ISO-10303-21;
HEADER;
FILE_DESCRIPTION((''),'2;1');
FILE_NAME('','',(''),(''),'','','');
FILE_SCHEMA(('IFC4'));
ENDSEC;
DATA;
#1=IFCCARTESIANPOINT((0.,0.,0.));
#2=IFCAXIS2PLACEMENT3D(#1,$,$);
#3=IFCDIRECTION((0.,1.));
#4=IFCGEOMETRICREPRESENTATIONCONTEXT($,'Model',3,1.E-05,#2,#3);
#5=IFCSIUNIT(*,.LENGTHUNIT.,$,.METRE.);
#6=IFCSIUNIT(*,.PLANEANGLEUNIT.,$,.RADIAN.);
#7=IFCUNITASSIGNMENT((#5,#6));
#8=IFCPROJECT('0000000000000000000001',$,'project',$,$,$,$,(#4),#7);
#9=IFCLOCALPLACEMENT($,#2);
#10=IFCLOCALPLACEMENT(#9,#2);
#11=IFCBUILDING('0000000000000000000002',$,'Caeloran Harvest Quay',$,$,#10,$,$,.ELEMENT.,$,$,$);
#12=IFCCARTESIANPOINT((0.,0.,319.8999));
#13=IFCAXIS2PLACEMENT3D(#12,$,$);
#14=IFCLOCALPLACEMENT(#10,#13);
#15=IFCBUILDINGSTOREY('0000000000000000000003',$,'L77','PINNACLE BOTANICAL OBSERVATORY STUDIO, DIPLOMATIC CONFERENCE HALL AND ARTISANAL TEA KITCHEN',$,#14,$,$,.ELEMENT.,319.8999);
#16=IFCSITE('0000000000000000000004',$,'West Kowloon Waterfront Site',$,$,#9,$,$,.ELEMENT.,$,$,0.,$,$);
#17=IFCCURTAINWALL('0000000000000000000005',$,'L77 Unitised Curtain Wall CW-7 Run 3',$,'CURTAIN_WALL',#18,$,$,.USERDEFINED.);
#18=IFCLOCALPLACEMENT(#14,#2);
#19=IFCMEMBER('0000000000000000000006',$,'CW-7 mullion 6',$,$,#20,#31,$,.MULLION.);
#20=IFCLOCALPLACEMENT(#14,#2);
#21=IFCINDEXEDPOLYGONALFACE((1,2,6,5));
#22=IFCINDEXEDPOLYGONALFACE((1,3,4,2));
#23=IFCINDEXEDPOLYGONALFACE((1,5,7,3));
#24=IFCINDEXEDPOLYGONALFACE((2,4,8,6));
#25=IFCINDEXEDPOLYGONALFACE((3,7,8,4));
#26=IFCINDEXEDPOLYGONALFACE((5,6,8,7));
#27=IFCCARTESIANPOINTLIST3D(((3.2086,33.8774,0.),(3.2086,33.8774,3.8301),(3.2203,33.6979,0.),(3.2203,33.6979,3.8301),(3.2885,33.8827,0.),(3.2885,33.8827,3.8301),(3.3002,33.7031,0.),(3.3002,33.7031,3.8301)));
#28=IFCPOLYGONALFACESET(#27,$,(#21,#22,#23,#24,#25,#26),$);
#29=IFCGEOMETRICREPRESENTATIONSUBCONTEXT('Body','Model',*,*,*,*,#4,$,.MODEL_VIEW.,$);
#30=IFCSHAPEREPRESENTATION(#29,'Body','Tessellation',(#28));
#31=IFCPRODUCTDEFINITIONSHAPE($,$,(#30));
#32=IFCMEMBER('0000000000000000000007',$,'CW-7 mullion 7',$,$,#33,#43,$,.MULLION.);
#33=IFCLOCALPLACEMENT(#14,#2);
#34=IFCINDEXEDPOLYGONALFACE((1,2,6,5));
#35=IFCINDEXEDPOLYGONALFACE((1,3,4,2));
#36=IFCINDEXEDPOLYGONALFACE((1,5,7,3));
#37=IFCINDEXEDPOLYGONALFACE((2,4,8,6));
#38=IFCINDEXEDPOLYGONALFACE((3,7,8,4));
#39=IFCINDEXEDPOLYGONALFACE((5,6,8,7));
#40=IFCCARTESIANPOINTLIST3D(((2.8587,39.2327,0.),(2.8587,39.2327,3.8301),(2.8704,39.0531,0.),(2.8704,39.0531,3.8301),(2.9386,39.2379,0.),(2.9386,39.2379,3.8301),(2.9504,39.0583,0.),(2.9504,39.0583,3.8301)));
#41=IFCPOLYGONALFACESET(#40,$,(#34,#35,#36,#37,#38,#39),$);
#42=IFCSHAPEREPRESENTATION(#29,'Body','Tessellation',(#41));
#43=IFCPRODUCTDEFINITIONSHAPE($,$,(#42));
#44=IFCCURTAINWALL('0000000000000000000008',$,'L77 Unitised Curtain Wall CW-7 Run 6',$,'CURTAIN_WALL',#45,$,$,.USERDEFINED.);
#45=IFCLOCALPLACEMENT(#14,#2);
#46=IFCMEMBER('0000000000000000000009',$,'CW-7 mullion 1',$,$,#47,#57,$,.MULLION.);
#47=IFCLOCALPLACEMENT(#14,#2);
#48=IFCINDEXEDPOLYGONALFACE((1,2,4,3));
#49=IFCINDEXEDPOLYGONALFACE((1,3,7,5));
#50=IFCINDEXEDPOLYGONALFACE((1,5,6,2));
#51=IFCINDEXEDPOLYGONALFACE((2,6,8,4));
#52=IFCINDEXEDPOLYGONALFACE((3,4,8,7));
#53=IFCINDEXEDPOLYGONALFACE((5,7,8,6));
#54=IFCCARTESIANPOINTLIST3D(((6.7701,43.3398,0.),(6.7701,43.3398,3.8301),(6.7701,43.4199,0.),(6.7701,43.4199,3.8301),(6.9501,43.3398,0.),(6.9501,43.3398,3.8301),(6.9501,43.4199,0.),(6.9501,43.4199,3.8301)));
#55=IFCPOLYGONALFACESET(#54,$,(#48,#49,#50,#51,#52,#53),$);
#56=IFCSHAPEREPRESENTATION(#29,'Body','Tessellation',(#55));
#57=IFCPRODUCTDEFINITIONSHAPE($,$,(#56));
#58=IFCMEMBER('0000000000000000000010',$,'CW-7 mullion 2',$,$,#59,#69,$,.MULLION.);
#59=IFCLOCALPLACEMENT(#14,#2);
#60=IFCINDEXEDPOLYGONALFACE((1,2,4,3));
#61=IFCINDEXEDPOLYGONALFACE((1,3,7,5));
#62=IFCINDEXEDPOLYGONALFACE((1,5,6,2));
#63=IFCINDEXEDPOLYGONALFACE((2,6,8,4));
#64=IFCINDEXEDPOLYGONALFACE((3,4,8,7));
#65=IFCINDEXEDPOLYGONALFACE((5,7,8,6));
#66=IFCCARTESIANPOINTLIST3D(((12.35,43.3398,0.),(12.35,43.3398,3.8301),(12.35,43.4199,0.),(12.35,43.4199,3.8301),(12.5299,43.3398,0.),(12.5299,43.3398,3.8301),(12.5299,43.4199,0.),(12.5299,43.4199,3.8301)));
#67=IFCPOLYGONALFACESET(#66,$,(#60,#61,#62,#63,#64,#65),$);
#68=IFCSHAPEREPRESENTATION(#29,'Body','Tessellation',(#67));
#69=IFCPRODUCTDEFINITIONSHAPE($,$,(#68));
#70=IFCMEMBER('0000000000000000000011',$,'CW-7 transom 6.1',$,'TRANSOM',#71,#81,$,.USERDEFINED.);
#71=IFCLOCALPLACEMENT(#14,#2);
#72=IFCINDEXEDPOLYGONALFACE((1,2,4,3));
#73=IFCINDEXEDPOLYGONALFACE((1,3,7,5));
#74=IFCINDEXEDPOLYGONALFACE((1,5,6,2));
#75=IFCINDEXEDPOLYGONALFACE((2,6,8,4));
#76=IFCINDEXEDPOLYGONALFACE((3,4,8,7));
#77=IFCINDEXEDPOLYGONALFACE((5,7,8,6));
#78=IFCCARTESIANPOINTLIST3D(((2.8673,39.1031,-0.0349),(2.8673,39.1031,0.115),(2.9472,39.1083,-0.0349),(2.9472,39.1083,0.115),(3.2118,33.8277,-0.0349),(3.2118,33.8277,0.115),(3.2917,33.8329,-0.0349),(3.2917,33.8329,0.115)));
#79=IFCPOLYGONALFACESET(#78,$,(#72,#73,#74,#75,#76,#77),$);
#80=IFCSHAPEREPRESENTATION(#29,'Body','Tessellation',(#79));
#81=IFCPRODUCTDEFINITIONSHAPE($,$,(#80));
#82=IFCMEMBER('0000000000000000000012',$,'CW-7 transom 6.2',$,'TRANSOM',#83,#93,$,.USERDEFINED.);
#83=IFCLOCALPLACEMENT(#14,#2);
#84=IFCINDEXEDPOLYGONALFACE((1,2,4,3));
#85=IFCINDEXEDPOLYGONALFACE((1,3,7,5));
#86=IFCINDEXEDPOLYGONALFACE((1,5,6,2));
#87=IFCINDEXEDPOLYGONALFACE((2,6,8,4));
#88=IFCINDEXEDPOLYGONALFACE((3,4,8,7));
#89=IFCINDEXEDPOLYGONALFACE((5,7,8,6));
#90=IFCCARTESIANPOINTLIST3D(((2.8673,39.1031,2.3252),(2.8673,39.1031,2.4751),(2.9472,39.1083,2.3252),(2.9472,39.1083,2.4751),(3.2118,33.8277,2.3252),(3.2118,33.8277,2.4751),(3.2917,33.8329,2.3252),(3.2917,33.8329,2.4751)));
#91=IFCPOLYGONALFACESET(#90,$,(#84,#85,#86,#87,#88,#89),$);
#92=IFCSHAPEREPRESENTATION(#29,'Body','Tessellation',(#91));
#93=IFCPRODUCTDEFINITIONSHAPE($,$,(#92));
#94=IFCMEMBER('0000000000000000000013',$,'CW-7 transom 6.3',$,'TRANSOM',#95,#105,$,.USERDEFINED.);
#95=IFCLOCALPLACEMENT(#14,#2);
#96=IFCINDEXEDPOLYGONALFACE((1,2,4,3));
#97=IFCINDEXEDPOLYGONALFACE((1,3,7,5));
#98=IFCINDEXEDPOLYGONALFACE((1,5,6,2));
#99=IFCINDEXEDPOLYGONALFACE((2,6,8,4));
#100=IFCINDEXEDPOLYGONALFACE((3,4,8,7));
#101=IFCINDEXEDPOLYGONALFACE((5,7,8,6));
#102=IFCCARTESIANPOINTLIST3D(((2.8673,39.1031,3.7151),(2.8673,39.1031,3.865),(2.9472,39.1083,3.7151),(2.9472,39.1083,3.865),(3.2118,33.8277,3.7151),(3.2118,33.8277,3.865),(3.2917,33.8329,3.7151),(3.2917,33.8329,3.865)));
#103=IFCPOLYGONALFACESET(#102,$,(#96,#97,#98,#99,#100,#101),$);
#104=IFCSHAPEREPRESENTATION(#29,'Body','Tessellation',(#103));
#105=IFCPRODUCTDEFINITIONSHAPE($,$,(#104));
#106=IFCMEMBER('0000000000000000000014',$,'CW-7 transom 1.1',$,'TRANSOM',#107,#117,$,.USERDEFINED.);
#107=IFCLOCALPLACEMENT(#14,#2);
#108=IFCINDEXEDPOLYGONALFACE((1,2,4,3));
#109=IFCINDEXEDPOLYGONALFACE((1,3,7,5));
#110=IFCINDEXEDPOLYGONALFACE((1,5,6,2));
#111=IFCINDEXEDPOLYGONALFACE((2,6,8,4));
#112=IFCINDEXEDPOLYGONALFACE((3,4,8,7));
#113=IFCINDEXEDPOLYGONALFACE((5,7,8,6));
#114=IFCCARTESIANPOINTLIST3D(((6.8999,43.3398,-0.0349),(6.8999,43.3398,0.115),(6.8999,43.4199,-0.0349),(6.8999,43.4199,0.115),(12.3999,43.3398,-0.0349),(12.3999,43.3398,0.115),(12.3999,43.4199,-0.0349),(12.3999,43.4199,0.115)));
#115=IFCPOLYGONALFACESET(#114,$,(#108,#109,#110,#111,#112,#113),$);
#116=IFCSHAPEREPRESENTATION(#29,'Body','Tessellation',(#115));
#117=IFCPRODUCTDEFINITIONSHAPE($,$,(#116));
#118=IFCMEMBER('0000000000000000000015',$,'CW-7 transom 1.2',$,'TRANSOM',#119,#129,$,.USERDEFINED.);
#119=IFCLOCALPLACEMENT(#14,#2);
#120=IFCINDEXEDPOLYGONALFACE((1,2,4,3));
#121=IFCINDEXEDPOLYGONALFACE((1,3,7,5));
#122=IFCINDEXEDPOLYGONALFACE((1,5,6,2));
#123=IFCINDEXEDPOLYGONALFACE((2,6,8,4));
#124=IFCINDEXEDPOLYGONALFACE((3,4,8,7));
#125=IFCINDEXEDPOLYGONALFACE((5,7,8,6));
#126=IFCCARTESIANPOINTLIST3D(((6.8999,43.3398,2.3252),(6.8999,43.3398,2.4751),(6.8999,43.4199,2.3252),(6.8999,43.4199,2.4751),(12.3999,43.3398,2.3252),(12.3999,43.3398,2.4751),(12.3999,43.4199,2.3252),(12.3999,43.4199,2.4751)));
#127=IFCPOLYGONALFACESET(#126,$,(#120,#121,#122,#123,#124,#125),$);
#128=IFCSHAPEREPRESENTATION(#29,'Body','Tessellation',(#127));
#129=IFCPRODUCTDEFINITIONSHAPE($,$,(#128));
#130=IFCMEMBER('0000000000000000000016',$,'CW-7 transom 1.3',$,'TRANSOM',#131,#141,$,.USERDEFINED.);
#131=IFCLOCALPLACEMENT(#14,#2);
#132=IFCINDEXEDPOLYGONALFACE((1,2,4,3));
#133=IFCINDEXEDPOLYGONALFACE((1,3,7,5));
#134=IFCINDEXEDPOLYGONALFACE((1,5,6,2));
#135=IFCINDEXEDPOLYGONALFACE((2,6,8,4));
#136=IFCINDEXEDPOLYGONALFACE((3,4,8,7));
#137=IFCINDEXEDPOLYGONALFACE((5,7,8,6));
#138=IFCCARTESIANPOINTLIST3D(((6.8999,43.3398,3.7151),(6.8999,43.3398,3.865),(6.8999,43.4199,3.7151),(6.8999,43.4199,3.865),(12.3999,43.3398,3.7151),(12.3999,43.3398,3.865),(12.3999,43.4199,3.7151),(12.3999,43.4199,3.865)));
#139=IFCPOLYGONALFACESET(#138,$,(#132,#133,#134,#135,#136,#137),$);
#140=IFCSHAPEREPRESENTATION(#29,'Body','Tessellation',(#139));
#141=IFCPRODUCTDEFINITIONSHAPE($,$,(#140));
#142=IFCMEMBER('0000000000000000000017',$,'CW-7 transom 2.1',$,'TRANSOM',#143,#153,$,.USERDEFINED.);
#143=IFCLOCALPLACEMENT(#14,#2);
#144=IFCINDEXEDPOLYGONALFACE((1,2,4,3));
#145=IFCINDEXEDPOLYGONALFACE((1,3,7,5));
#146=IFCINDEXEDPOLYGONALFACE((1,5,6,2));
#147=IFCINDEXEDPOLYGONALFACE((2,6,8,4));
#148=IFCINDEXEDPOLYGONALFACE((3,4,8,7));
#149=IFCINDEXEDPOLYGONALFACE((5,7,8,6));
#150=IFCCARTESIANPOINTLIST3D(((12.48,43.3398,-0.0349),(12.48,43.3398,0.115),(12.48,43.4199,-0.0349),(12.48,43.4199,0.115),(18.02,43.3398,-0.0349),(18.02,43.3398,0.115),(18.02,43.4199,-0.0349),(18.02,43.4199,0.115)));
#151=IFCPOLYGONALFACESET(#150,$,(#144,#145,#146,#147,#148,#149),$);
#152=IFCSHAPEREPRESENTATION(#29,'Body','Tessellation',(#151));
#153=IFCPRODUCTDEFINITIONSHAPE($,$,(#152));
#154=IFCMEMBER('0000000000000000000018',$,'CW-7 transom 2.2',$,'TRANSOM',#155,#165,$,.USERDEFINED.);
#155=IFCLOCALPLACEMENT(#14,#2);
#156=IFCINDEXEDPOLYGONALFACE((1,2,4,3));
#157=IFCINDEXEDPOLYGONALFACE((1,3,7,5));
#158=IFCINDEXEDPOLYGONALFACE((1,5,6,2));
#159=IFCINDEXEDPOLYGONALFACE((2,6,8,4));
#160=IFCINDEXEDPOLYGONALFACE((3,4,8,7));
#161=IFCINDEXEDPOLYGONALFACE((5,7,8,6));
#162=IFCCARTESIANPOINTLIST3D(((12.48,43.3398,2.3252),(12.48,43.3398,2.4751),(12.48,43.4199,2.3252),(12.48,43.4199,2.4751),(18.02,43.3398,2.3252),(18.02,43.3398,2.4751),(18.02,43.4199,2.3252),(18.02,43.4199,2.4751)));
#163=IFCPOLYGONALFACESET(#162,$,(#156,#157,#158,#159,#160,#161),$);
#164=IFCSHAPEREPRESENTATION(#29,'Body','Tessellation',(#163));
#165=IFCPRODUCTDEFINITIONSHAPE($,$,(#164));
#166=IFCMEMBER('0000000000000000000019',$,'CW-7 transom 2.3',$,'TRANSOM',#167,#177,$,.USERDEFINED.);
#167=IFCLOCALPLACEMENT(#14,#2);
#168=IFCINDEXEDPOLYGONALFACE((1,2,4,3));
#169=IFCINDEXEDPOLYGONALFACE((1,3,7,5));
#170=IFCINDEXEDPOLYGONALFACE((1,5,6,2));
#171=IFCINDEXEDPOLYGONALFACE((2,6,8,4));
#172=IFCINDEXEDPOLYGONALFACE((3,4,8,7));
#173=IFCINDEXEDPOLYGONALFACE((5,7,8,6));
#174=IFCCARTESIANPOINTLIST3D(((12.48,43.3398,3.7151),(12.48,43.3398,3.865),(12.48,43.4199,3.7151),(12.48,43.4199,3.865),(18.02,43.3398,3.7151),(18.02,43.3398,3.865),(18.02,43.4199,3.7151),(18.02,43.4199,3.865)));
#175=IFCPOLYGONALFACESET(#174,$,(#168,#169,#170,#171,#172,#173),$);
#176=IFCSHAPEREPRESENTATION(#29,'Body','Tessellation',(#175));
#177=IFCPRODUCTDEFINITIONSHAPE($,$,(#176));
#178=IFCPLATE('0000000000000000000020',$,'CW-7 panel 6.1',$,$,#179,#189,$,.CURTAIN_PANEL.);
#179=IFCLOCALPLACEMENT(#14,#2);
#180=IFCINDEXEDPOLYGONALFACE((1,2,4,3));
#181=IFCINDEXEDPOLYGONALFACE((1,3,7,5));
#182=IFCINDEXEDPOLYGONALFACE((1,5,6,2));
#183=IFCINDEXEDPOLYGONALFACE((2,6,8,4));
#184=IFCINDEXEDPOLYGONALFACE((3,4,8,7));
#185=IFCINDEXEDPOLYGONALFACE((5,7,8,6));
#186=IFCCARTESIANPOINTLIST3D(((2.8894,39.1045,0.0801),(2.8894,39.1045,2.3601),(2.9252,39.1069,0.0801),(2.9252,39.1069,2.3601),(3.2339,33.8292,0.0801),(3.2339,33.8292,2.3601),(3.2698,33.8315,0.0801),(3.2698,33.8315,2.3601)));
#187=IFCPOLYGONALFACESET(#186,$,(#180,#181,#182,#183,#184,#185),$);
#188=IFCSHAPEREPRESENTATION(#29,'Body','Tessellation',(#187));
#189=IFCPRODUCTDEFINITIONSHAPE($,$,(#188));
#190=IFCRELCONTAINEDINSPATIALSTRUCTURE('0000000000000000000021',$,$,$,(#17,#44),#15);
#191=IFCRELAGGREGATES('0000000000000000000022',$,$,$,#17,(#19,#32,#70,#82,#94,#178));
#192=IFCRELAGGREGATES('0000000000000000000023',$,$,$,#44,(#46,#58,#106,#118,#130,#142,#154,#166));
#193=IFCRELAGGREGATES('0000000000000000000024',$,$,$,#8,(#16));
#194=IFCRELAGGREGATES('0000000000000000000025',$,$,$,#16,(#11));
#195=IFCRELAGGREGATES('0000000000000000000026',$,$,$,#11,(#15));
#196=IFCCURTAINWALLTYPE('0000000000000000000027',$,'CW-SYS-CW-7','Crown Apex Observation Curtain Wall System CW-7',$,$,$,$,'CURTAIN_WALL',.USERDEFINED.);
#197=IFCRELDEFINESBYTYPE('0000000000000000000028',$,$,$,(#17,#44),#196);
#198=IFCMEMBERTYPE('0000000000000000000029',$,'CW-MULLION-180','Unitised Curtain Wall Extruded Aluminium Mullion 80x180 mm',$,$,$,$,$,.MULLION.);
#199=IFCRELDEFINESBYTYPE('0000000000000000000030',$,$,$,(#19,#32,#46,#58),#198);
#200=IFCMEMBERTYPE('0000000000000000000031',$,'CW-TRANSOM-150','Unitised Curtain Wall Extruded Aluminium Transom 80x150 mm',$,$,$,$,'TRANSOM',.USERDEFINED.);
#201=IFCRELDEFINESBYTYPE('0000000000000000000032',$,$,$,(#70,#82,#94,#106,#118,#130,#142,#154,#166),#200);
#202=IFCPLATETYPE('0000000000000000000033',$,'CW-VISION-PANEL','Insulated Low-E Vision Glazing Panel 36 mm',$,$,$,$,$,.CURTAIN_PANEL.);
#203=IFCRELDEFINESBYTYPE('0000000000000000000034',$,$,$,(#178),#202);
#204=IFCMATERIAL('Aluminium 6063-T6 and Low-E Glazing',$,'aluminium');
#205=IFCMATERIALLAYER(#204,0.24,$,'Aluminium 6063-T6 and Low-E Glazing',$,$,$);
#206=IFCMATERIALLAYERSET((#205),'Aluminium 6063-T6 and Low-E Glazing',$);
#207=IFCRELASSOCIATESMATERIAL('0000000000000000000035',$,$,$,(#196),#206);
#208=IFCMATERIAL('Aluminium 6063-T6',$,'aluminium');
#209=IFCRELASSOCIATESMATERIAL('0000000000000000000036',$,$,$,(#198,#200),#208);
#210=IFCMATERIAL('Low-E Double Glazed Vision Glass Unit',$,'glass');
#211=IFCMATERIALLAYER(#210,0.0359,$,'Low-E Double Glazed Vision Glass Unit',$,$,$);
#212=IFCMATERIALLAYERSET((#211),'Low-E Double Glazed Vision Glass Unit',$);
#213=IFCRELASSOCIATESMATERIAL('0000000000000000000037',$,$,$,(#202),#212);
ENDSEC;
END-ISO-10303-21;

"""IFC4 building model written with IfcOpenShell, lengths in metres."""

from ifc_helpers import new_model, si_unit, direction, frame, origin, origin_2d, place, context, subcontext, project, spatial, rectangle, extrude, material, layer, layer_set, material_profile, profile_set, type_object, element, aggregate, save


model = new_model("IFC4")

# Units and contexts
model_context = context("Model", 3, precision=1e-05, world=origin(), true_north=direction((0.0, 1.0)))
body_context = subcontext(model_context, "Body", "Model", "MODEL_VIEW")
ifc_project = project(units=[si_unit("LENGTHUNIT", "METRE"), si_unit("PLANEANGLEUNIT", "RADIAN")], contexts=[model_context])

# Site, building, storey
site_placement = place(None, origin())
site = spatial("IfcSite", under=ifc_project, at=site_placement, Name="West Kowloon Waterfront Site", CompositionType="ELEMENT", RefElevation=0.0)
building_placement = place(site_placement, origin())
building = spatial("IfcBuilding", under=site, at=building_placement, Name="Caeloran Harvest Quay", CompositionType="ELEMENT")
storey_placement = place(building_placement, frame((0.0, 0.0, 319.8999)))
storey = spatial("IfcBuildingStorey", under=building, at=storey_placement, Name="L77", Description="PINNACLE BOTANICAL OBSERVATORY STUDIO, DIPLOMATIC CONFERENCE HALL AND ARTISANAL TEA KITCHEN", CompositionType="ELEMENT", Elevation=319.8999)

# Curtain walls, members
ifc_material_1 = material(Name="Aluminium 6063-T6 and Low-E Glazing", Category="aluminium")
ifc_layer_1 = layer(ifc_material_1, 0.24, Name="Aluminium 6063-T6 and Low-E Glazing")
ifc_layer_set_1 = layer_set([ifc_layer_1], Name="Aluminium 6063-T6 and Low-E Glazing")
curtain_wall_type = type_object("IfcCurtainWallType", Name="CW-SYS-CW-7", Description="Crown Apex Observation Curtain Wall System CW-7", ElementType="CURTAIN_WALL", PredefinedType="USERDEFINED", material=ifc_layer_set_1)
curtain_wall_1_placement = place(storey_placement, origin())
curtain_wall_1 = element("IfcCurtainWall", 1, at=curtain_wall_1_placement, inside=storey, type_object=curtain_wall_type, Name="L77 Unitised Curtain Wall CW-7 Run 3", ObjectType="CURTAIN_WALL", PredefinedType="USERDEFINED")
ifc_material_2 = material(Name="Aluminium 6063-T6", Category="aluminium")
ifc_material_profile_1 = material_profile(ifc_material_2, rectangle(XDim=0.0801, YDim=0.1799, at=origin_2d()), Name="CW-MULLION-180")
ifc_profile_set_1 = profile_set([ifc_material_profile_1], Name="Aluminium 6063-T6")
member_type_1 = type_object("IfcMemberType", Name="CW-MULLION-180", Description="Unitised Curtain Wall Extruded Aluminium Mullion 80x180 mm", PredefinedType="MULLION", material=ifc_profile_set_1)
member_1_placement = place(storey_placement, frame((3.2544, 33.7903, 0.0), z_axis=(0.0, 0.0, 1.0), x_axis=(-0.997874, -0.065167, 0.0)))
member_1 = element("IfcMember", 2, at=member_1_placement, type_object=member_type_1, Name="CW-7 mullion 6", PredefinedType="MULLION", context=body_context, shape_type="SweptSolid", body=[
    extrude(rectangle(XDim=0.0801, YDim=0.1799, at=origin_2d()), origin(), (0.0, 0.0, 1.0), 3.8301),
])
member_2_placement = place(storey_placement, frame((2.9045, 39.1455, 0.0), z_axis=(0.0, 0.0, 1.0), x_axis=(-0.997874, -0.065167, 0.0)))
member_2 = element("IfcMember", 3, at=member_2_placement, type_object=member_type_1, Name="CW-7 mullion 7", PredefinedType="MULLION", context=body_context, shape_type="SweptSolid", body=[
    extrude(rectangle(XDim=0.0801, YDim=0.1799, at=origin_2d()), origin(), (0.0, 0.0, 1.0), 3.8301),
])
curtain_wall_2_placement = place(storey_placement, origin())
curtain_wall_2 = element("IfcCurtainWall", 4, at=curtain_wall_2_placement, inside=storey, type_object=curtain_wall_type, Name="L77 Unitised Curtain Wall CW-7 Run 6", ObjectType="CURTAIN_WALL", PredefinedType="USERDEFINED")
member_3_placement = place(storey_placement, frame((6.8601, 43.3799, 0.0), z_axis=(0.0, 0.0, 1.0), x_axis=(0.0, 1.0, 0.0)))
member_3 = element("IfcMember", 5, at=member_3_placement, type_object=member_type_1, Name="CW-7 mullion 1", PredefinedType="MULLION", context=body_context, shape_type="SweptSolid", body=[
    extrude(rectangle(XDim=0.0801, YDim=0.1799, at=origin_2d()), origin(), (0.0, 0.0, 1.0), 3.8301),
])
member_4_placement = place(storey_placement, frame((12.4399, 43.3799, 0.0), z_axis=(0.0, 0.0, 1.0), x_axis=(0.0, 1.0, 0.0)))
member_4 = element("IfcMember", 6, at=member_4_placement, type_object=member_type_1, Name="CW-7 mullion 2", PredefinedType="MULLION", context=body_context, shape_type="SweptSolid", body=[
    extrude(rectangle(XDim=0.0801, YDim=0.1799, at=origin_2d()), origin(), (0.0, 0.0, 1.0), 3.8301),
])

# Members
ifc_material_profile_2 = material_profile(ifc_material_2, rectangle(XDim=0.0801, YDim=0.1499, at=origin_2d()), Name="CW-TRANSOM-150")
ifc_profile_set_2 = profile_set([ifc_material_profile_2], Name="Aluminium 6063-T6")
member_type_2 = type_object("IfcMemberType", Name="CW-TRANSOM-150", Description="Unitised Curtain Wall Extruded Aluminium Transom 80x150 mm", ElementType="TRANSOM", PredefinedType="USERDEFINED", material=ifc_profile_set_2)
member_5_placement = place(storey_placement, frame((3.2517, 33.8303, 0.04), z_axis=(-0.065161, 0.997875, 0.0), x_axis=(-0.997875, -0.065161, 0.0)))
member_5 = element("IfcMember", 7, at=member_5_placement, type_object=member_type_2, Name="CW-7 transom 6.1", ObjectType="TRANSOM", PredefinedType="USERDEFINED", context=body_context, shape_type="SweptSolid", body=[
    extrude(rectangle(XDim=0.0801, YDim=0.1499, at=origin_2d()), origin(), (0.0, 0.0, 1.0), 5.2866),
])
member_6_placement = place(storey_placement, frame((3.2517, 33.8303, 2.4001), z_axis=(-0.065161, 0.997875, 0.0), x_axis=(-0.997875, -0.065161, 0.0)))
member_6 = element("IfcMember", 8, at=member_6_placement, type_object=member_type_2, Name="CW-7 transom 6.2", ObjectType="TRANSOM", PredefinedType="USERDEFINED", context=body_context, shape_type="SweptSolid", body=[
    extrude(rectangle(XDim=0.0801, YDim=0.1499, at=origin_2d()), origin(), (0.0, 0.0, 1.0), 5.2866),
])
member_7_placement = place(storey_placement, frame((3.2517, 33.8303, 3.79), z_axis=(-0.065161, 0.997875, 0.0), x_axis=(-0.997875, -0.065161, 0.0)))
member_7 = element("IfcMember", 9, at=member_7_placement, type_object=member_type_2, Name="CW-7 transom 6.3", ObjectType="TRANSOM", PredefinedType="USERDEFINED", context=body_context, shape_type="SweptSolid", body=[
    extrude(rectangle(XDim=0.0801, YDim=0.1499, at=origin_2d()), origin(), (0.0, 0.0, 1.0), 5.2866),
])
member_8_placement = place(storey_placement, frame((6.8999, 43.3799, 0.04), z_axis=(1.0, 0.0, 0.0), x_axis=(0.0, 1.0, 0.0)))
member_8 = element("IfcMember", 10, at=member_8_placement, type_object=member_type_2, Name="CW-7 transom 1.1", ObjectType="TRANSOM", PredefinedType="USERDEFINED", context=body_context, shape_type="SweptSolid", body=[
    extrude(rectangle(XDim=0.0801, YDim=0.1499, at=origin_2d()), origin(), (0.0, 0.0, 1.0), 5.5),
])
member_9_placement = place(storey_placement, frame((6.8999, 43.3799, 2.4001), z_axis=(1.0, 0.0, 0.0), x_axis=(0.0, 1.0, 0.0)))
member_9 = element("IfcMember", 11, at=member_9_placement, type_object=member_type_2, Name="CW-7 transom 1.2", ObjectType="TRANSOM", PredefinedType="USERDEFINED", context=body_context, shape_type="SweptSolid", body=[
    extrude(rectangle(XDim=0.0801, YDim=0.1499, at=origin_2d()), origin(), (0.0, 0.0, 1.0), 5.5),
])
member_10_placement = place(storey_placement, frame((6.8999, 43.3799, 3.79), z_axis=(1.0, 0.0, 0.0), x_axis=(0.0, 1.0, 0.0)))
member_10 = element("IfcMember", 12, at=member_10_placement, type_object=member_type_2, Name="CW-7 transom 1.3", ObjectType="TRANSOM", PredefinedType="USERDEFINED", context=body_context, shape_type="SweptSolid", body=[
    extrude(rectangle(XDim=0.0801, YDim=0.1499, at=origin_2d()), origin(), (0.0, 0.0, 1.0), 5.5),
])
member_11_placement = place(storey_placement, frame((12.48, 43.3799, 0.04), z_axis=(1.0, 0.0, 0.0), x_axis=(0.0, 1.0, 0.0)))
member_11 = element("IfcMember", 13, at=member_11_placement, type_object=member_type_2, Name="CW-7 transom 2.1", ObjectType="TRANSOM", PredefinedType="USERDEFINED", context=body_context, shape_type="SweptSolid", body=[
    extrude(rectangle(XDim=0.0801, YDim=0.1499, at=origin_2d()), origin(), (0.0, 0.0, 1.0), 5.54),
])
member_12_placement = place(storey_placement, frame((12.48, 43.3799, 2.4001), z_axis=(1.0, 0.0, 0.0), x_axis=(0.0, 1.0, 0.0)))
member_12 = element("IfcMember", 14, at=member_12_placement, type_object=member_type_2, Name="CW-7 transom 2.2", ObjectType="TRANSOM", PredefinedType="USERDEFINED", context=body_context, shape_type="SweptSolid", body=[
    extrude(rectangle(XDim=0.0801, YDim=0.1499, at=origin_2d()), origin(), (0.0, 0.0, 1.0), 5.54),
])
member_13_placement = place(storey_placement, frame((12.48, 43.3799, 3.79), z_axis=(1.0, 0.0, 0.0), x_axis=(0.0, 1.0, 0.0)))
member_13 = element("IfcMember", 15, at=member_13_placement, type_object=member_type_2, Name="CW-7 transom 2.3", ObjectType="TRANSOM", PredefinedType="USERDEFINED", context=body_context, shape_type="SweptSolid", body=[
    extrude(rectangle(XDim=0.0801, YDim=0.1499, at=origin_2d()), origin(), (0.0, 0.0, 1.0), 5.54),
])

# Plate
ifc_material_3 = material(Name="Low-E Double Glazed Vision Glass Unit", Category="glass")
ifc_layer_2 = layer(ifc_material_3, 0.0359, Name="Low-E Double Glazed Vision Glass Unit")
ifc_layer_set_2 = layer_set([ifc_layer_2], Name="Low-E Double Glazed Vision Glass Unit")
plate_type = type_object("IfcPlateType", Name="CW-VISION-PANEL", Description="Insulated Low-E Vision Glazing Panel 36 mm", PredefinedType="CURTAIN_PANEL", material=ifc_layer_set_2)
plate_1_placement = place(storey_placement, frame((3.0796, 36.468, 0.0801), z_axis=(0.0, 0.0, 1.0), x_axis=(-0.065167, 0.997874, 0.0)))
plate_1 = element("IfcPlate", 16, at=plate_1_placement, type_object=plate_type, Name="CW-7 panel 6.1", PredefinedType="CURTAIN_PANEL", context=body_context, shape_type="SweptSolid", body=[
    extrude(rectangle(XDim=5.2866, YDim=0.0359, at=origin_2d()), origin(), (0.0, 0.0, 1.0), 2.28),
])
aggregate(curtain_wall_1, [member_1, member_2, member_5, member_6, member_7, plate_1])
aggregate(curtain_wall_2, [member_3, member_4, member_8, member_9, member_10, member_11, member_12, member_13])

save(model, "model.ifc")
